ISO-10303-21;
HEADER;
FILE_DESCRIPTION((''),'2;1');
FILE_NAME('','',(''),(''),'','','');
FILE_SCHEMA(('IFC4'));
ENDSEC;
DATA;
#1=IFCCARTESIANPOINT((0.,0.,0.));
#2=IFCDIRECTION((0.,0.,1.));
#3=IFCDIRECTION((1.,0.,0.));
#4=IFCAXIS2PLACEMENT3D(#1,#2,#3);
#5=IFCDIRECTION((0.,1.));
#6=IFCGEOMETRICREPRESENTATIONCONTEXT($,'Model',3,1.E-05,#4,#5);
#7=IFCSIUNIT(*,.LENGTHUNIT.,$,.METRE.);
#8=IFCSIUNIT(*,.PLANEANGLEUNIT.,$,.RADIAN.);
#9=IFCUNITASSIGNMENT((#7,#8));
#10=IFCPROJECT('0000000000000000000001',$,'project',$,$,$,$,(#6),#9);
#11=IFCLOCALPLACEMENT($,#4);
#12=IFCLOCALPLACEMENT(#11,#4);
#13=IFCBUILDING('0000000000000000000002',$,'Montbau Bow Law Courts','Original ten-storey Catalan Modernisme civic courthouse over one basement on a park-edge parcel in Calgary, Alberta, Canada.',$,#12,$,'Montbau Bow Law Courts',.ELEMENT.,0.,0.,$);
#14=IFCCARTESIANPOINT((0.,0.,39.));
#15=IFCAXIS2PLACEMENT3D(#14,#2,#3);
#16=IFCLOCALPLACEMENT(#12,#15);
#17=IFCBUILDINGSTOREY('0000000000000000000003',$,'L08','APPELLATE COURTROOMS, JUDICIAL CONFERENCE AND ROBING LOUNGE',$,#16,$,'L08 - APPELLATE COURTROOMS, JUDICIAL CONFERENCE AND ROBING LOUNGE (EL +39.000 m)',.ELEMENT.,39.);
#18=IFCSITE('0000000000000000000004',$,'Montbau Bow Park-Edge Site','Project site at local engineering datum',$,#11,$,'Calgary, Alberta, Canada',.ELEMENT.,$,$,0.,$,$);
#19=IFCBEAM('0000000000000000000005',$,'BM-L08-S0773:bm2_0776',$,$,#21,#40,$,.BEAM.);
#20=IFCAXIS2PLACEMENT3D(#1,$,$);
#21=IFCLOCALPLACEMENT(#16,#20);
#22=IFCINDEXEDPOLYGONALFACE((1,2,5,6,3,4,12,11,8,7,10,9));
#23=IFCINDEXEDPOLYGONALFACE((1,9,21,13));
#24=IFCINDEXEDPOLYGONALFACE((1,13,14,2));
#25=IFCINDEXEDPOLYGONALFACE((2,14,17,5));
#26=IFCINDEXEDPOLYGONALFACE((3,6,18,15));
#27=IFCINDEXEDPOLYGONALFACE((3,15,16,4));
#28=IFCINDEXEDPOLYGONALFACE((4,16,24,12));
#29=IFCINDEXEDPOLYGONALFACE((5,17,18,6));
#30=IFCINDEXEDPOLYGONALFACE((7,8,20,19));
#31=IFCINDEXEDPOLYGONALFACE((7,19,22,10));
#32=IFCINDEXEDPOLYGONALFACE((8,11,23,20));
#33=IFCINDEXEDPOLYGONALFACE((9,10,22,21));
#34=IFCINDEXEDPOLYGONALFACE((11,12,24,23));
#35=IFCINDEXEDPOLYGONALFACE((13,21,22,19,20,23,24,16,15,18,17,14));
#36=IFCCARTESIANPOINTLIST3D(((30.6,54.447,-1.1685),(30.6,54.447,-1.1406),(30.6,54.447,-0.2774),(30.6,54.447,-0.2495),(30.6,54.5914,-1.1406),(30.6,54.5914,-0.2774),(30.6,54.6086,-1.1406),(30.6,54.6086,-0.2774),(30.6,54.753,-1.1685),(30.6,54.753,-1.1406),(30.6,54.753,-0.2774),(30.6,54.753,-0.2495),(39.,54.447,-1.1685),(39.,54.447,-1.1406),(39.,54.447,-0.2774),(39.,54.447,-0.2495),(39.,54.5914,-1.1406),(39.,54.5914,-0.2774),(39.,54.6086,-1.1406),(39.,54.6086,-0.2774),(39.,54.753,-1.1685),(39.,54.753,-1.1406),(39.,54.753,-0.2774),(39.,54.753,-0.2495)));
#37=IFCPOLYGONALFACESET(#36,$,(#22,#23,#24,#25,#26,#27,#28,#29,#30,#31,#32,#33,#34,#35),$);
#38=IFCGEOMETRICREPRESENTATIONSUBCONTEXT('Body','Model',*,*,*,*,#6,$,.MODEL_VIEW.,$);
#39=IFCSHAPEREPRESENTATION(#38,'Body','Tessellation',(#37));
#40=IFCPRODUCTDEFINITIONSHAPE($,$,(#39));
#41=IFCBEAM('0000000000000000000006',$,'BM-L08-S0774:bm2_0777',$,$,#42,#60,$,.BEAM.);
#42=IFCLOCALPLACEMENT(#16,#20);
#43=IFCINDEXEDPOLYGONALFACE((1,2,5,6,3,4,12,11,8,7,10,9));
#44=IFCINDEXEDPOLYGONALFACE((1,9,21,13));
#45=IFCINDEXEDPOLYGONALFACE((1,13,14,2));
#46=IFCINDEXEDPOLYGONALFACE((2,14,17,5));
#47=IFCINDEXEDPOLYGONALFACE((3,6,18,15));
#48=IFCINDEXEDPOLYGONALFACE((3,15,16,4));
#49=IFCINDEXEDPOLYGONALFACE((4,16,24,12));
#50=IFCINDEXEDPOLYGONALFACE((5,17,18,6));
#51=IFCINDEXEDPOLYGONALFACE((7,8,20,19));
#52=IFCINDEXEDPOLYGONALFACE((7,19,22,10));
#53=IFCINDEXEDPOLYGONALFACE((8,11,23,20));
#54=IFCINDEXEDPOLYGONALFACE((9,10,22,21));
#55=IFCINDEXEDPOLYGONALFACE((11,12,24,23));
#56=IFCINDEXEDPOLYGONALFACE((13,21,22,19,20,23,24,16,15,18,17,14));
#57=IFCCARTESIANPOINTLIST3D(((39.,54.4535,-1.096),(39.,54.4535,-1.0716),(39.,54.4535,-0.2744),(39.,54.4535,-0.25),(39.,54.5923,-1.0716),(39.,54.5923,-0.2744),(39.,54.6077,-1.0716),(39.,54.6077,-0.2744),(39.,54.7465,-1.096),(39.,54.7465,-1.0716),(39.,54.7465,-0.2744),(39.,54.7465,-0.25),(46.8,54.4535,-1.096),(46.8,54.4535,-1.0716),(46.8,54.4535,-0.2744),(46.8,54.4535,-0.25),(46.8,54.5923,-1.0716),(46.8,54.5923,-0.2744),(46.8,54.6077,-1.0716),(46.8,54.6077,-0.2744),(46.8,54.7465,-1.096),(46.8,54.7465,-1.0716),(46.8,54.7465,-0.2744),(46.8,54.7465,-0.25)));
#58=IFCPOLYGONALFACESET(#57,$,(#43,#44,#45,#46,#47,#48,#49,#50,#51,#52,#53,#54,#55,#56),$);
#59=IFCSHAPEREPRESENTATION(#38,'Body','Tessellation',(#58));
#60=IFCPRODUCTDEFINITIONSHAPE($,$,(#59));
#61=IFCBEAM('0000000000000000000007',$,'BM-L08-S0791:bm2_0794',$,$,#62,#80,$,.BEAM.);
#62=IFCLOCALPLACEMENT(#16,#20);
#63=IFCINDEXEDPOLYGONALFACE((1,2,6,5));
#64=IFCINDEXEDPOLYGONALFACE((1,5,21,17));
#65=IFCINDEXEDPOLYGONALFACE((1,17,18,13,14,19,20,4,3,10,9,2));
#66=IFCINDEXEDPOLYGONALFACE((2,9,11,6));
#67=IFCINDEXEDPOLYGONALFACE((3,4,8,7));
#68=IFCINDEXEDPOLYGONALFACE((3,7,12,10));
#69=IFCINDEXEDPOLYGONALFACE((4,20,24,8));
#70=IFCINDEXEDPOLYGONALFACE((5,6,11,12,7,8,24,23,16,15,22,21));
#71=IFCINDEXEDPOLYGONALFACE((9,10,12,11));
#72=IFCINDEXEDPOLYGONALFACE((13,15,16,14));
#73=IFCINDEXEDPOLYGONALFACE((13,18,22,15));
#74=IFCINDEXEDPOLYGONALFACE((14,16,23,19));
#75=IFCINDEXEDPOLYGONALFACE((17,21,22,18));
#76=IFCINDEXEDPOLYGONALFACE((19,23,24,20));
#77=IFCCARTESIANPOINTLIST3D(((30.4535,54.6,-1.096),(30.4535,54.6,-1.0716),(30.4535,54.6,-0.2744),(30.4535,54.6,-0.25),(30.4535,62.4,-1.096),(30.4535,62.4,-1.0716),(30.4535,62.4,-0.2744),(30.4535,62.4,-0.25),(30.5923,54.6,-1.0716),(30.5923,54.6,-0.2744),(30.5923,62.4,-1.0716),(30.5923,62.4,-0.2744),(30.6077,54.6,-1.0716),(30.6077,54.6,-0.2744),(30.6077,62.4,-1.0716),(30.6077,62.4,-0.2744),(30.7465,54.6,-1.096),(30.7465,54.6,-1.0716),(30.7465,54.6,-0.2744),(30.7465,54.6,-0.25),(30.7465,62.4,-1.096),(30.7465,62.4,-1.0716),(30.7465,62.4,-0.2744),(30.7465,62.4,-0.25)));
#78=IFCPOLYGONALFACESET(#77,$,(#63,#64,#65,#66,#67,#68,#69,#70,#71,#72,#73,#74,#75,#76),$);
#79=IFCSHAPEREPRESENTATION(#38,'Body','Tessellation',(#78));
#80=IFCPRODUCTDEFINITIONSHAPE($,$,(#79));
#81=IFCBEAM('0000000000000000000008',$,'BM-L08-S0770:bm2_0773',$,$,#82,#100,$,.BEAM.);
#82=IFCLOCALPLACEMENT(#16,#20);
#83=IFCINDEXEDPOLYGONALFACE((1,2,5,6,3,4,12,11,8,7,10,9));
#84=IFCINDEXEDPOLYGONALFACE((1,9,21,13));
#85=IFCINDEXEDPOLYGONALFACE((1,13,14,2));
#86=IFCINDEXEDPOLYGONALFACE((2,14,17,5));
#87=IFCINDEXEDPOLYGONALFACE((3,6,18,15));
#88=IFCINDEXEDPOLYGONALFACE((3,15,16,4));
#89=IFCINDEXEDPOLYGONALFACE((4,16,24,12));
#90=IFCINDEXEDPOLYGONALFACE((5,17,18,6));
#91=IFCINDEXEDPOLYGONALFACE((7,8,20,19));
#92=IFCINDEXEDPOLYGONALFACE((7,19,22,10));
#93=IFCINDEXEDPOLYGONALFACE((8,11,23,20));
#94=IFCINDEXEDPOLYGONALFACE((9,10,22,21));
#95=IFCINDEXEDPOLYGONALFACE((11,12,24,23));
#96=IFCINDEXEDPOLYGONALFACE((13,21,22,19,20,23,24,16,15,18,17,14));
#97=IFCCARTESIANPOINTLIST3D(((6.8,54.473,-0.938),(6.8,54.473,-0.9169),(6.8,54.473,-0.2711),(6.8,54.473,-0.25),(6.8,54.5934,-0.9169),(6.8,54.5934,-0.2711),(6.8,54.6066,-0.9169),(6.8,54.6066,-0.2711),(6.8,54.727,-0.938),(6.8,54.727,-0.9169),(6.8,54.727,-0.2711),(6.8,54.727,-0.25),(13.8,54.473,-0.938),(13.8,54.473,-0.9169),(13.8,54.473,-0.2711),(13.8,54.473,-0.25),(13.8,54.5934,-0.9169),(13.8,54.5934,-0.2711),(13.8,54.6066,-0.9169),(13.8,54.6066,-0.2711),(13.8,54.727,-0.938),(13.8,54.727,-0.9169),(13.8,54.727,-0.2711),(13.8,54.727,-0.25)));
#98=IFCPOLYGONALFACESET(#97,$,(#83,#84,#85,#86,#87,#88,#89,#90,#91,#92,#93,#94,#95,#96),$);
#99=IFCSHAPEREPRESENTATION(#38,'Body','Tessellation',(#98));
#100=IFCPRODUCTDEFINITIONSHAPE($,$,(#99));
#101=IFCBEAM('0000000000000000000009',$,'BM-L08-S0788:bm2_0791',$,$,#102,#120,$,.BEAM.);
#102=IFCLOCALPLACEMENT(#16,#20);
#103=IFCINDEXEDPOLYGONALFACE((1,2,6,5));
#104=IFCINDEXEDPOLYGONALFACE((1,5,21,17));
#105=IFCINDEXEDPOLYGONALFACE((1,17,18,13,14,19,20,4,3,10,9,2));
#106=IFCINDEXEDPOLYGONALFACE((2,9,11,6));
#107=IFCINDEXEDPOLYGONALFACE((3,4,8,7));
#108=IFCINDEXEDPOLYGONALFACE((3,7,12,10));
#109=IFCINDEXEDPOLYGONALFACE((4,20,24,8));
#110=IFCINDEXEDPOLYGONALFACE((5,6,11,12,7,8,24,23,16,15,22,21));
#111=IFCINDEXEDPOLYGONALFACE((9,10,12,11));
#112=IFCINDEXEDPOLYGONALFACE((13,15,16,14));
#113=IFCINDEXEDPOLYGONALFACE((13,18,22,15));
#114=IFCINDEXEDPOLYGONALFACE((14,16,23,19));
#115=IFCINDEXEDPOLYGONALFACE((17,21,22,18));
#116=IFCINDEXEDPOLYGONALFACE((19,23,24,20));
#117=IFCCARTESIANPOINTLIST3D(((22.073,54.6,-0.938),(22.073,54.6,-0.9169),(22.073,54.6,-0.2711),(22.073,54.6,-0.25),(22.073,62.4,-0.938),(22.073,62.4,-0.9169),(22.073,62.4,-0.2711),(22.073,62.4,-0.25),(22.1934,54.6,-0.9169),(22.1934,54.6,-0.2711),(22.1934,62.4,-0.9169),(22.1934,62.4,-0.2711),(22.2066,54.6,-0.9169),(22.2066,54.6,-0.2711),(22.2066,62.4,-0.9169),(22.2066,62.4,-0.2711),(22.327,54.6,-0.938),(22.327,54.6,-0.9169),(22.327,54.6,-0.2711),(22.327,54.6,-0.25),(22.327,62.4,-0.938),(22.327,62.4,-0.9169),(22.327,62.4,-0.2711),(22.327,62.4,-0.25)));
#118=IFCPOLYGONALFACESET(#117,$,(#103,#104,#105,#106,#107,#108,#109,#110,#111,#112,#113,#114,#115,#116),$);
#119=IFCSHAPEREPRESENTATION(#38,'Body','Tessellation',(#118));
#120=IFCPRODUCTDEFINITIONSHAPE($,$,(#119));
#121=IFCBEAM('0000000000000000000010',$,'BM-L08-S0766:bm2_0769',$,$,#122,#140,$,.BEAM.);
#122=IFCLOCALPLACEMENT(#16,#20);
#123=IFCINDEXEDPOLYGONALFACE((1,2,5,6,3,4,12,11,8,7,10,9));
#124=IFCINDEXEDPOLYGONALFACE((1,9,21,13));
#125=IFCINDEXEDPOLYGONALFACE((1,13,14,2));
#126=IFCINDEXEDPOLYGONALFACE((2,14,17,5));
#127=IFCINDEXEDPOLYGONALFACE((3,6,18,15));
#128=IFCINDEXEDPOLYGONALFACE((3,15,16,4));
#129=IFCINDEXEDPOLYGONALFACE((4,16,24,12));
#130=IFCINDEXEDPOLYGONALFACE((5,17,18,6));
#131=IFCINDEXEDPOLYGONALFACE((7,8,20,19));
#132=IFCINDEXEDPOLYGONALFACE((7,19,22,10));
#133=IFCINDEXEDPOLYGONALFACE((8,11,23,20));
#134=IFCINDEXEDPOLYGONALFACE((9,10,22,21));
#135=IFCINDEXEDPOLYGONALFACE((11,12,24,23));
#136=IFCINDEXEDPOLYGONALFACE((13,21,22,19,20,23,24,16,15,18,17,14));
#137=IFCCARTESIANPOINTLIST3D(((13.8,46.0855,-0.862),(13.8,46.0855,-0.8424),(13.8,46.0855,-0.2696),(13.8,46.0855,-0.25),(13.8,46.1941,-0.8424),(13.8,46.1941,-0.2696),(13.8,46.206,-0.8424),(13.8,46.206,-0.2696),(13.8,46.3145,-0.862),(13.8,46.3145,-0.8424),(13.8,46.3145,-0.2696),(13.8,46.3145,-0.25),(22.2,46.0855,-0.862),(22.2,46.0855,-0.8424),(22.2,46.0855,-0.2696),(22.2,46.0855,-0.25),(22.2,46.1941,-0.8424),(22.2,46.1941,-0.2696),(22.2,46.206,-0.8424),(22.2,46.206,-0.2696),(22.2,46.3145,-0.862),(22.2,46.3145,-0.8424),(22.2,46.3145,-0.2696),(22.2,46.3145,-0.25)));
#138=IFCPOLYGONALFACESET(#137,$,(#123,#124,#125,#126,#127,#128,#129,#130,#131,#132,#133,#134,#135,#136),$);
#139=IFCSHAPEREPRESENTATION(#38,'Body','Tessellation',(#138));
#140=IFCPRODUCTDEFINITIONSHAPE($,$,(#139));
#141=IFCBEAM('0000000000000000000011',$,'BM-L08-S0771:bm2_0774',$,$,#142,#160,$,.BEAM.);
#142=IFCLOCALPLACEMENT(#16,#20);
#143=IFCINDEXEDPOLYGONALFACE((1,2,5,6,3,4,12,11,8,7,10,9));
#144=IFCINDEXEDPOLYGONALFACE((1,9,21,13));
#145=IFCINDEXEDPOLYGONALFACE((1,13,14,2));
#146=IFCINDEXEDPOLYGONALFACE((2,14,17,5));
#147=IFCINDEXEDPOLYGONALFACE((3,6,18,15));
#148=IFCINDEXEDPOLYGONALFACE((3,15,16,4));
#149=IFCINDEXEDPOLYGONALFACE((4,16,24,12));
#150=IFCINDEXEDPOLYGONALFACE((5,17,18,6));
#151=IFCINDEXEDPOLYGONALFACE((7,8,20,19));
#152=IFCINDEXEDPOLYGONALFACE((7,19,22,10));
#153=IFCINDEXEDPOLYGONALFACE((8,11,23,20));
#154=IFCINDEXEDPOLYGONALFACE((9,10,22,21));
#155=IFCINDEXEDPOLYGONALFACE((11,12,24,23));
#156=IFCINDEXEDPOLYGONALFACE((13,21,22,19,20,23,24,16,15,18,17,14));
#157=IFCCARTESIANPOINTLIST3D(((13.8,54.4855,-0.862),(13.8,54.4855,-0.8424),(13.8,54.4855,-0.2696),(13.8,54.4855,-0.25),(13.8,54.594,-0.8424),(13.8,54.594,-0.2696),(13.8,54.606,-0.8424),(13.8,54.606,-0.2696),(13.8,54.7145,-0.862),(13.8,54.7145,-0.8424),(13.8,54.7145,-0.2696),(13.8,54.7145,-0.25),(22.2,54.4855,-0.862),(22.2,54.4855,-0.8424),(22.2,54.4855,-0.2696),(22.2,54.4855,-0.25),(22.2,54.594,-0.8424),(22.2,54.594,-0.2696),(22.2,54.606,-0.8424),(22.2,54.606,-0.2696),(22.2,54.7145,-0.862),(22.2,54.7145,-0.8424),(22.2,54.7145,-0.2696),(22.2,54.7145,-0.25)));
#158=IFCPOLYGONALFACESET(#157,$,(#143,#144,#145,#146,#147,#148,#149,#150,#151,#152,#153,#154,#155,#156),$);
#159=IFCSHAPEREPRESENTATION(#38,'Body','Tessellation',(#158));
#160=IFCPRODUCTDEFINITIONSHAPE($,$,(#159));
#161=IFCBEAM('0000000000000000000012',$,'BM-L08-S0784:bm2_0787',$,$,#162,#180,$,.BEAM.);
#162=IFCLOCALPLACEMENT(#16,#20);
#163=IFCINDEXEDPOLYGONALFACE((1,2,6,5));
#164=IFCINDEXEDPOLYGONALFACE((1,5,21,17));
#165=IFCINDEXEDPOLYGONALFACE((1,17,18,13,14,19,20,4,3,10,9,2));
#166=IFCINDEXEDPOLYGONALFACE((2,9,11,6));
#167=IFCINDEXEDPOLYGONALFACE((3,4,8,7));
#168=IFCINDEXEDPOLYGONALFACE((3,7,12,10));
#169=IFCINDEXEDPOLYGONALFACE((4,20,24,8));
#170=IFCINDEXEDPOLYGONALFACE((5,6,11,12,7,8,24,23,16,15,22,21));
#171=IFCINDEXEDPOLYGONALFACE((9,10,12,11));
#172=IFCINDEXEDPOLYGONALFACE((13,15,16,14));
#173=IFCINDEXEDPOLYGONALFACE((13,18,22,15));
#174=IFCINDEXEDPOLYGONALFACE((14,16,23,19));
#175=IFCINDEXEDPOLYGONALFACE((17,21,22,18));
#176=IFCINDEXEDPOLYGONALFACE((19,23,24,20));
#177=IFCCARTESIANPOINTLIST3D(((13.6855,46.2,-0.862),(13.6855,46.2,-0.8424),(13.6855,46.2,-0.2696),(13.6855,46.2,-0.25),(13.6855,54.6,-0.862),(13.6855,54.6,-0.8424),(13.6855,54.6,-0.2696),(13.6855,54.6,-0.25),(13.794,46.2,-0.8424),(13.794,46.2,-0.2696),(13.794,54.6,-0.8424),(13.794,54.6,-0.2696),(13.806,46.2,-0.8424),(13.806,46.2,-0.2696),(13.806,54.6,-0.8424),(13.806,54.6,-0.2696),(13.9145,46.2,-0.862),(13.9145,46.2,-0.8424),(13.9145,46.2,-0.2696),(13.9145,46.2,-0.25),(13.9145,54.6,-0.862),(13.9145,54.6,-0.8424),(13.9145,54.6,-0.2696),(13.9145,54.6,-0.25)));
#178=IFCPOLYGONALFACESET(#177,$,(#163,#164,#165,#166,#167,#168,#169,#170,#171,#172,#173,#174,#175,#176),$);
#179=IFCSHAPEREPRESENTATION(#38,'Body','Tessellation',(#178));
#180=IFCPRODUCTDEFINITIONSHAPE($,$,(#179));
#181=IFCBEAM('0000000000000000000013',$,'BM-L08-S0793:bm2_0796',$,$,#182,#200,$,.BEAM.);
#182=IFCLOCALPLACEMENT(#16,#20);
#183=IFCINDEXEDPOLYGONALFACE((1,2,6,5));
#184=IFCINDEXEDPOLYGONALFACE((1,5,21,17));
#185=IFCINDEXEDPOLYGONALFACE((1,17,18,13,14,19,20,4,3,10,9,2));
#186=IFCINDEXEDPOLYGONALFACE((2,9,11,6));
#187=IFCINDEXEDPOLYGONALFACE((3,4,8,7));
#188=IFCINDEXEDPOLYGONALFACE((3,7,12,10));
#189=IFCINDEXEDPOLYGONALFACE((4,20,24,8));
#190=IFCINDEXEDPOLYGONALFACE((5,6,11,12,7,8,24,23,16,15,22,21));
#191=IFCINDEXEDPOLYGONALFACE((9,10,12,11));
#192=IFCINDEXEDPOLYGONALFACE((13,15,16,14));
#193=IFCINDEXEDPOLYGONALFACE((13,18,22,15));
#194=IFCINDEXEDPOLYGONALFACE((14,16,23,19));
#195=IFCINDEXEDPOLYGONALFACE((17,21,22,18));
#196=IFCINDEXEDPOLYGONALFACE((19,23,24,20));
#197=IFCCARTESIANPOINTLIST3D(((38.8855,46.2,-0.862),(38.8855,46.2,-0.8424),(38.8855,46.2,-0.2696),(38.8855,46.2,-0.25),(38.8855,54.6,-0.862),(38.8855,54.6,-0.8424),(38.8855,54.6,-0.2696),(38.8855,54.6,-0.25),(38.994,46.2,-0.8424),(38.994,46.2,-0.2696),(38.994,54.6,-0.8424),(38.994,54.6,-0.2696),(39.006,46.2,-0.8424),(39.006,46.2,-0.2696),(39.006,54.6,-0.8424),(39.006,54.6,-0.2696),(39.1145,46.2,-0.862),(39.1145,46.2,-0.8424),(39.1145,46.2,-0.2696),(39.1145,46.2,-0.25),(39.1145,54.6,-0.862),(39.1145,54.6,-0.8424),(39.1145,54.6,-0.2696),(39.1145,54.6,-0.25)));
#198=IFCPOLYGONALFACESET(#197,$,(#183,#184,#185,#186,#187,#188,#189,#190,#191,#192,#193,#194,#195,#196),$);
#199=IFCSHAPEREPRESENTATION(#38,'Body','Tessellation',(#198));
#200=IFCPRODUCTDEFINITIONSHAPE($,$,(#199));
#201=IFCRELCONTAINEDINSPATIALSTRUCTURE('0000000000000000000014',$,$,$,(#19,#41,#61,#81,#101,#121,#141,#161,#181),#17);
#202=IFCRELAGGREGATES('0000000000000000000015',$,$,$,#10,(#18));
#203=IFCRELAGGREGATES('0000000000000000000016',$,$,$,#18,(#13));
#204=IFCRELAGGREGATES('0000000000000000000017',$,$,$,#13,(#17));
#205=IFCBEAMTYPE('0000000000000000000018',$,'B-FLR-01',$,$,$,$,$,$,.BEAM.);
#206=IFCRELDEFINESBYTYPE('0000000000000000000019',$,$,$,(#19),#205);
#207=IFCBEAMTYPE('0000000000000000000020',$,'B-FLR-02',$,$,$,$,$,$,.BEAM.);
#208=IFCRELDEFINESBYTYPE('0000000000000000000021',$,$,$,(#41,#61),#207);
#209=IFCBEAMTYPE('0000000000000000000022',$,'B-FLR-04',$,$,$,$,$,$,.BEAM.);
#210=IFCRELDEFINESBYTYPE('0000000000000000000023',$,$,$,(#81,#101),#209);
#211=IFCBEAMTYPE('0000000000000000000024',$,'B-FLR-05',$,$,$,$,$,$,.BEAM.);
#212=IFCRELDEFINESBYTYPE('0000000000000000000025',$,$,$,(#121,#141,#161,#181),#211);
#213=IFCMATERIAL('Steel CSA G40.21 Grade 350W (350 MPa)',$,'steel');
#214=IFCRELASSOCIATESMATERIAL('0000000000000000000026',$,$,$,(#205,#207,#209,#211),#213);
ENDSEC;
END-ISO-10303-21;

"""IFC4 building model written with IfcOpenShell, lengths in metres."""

from ifc_helpers import new_model, si_unit, direction, frame, origin_with_axes, origin_2d_with_axis, place, context, subcontext, project, spatial, i_section, extrude, material, material_profile, profile_set, type_object, element, save


model = new_model("IFC4")

# Units and contexts
model_context = context("Model", 3, precision=1e-05, world=origin_with_axes(), true_north=direction((0.0, 1.0)))
body_context = subcontext(model_context, "Body", "Model", "MODEL_VIEW")
ifc_project = project(units=[si_unit("LENGTHUNIT", "METRE"), si_unit("PLANEANGLEUNIT", "RADIAN")], contexts=[model_context])

# Site, building, storey
site_placement = place(None, origin_with_axes())
site = spatial("IfcSite", under=ifc_project, at=site_placement, Name="Montbau Bow Park-Edge Site", Description="Project site at local engineering datum", LongName="Calgary, Alberta, Canada", CompositionType="ELEMENT", RefElevation=0.0)
building_placement = place(site_placement, origin_with_axes())
building = spatial("IfcBuilding", under=site, at=building_placement, Name="Montbau Bow Law Courts", Description="Original ten-storey Catalan Modernisme civic courthouse over one basement on a park-edge parcel in Calgary, Alberta, Canada.", LongName="Montbau Bow Law Courts", CompositionType="ELEMENT", ElevationOfRefHeight=0.0, ElevationOfTerrain=0.0)
storey_placement = place(building_placement, frame((0.0, 0.0, 39.0), z_axis=(0.0, 0.0, 1.0), x_axis=(1.0, 0.0, 0.0)))
storey = spatial("IfcBuildingStorey", under=building, at=storey_placement, Name="L08", Description="APPELLATE COURTROOMS, JUDICIAL CONFERENCE AND ROBING LOUNGE", LongName="L08 - APPELLATE COURTROOMS, JUDICIAL CONFERENCE AND ROBING LOUNGE (EL +39.000 m)", CompositionType="ELEMENT", Elevation=39.0)

# Beams
ifc_material_1 = material(Name="Steel CSA G40.21 Grade 350W (350 MPa)", Category="steel")
ifc_material_profile_1 = material_profile(ifc_material_1, i_section(OverallWidth=0.306, OverallDepth=0.919, WebThickness=0.0173, FlangeThickness=0.0279, at=origin_2d_with_axis()), Name="W920X253", Category="Main", Priority=0)
ifc_profile_set_1 = profile_set([ifc_material_profile_1], Name="Steel CSA G40.21 Grade 350W (350 MPa)")
beam_type_1 = type_object("IfcBeamType", Name="B-FLR-01", PredefinedType="BEAM", material=ifc_profile_set_1)
beam_1_placement = place(None, frame((30.6, 54.6, 38.291), z_axis=(1.0, 0.0, 0.0), x_axis=(0.0, 1.0, 0.0)))
element("IfcBeam", 1, at=beam_1_placement, inside=storey, type_object=beam_type_1, Name="BM-L08-S0773:bm2_0776", PredefinedType="BEAM", context=body_context, shape_type="SweptSolid", body=[
    extrude(i_section(OverallWidth=0.306, OverallDepth=0.919, WebThickness=0.0173, FlangeThickness=0.0279, at=origin_2d_with_axis()), origin_with_axes(), (0.0, 0.0, 1.0), 8.4),
])
ifc_material_profile_2 = material_profile(ifc_material_1, i_section(OverallWidth=0.293, OverallDepth=0.846, WebThickness=0.0154, FlangeThickness=0.0244, at=origin_2d_with_axis()), Name="W840X210", Category="Main", Priority=0)
ifc_profile_set_2 = profile_set([ifc_material_profile_2], Name="Steel CSA G40.21 Grade 350W (350 MPa)")
beam_type_2 = type_object("IfcBeamType", Name="B-FLR-02", PredefinedType="BEAM", material=ifc_profile_set_2)
for number, where, z_axis, x_axis, name in (
    (2, (39.0, 54.6, 38.327), (1.0, 0.0, 0.0), (0.0, 1.0, 0.0), "BM-L08-S0774:bm2_0777"),
    (3, (30.6, 54.6, 38.327), (0.0, 1.0, 0.0), (-1.0, 0.0, 0.0), "BM-L08-S0791:bm2_0794"),
):
    element("IfcBeam", number, at=place(None, frame(where, z_axis=z_axis, x_axis=x_axis)), inside=storey, type_object=beam_type_2, Name=name, PredefinedType="BEAM", context=body_context, shape_type="SweptSolid", body=[
        extrude(i_section(OverallWidth=0.293, OverallDepth=0.846, WebThickness=0.0154, FlangeThickness=0.0244, at=origin_2d_with_axis()), origin_with_axes(), (0.0, 0.0, 1.0), 7.8),
    ])
ifc_material_profile_3 = material_profile(ifc_material_1, i_section(OverallWidth=0.254, OverallDepth=0.688, WebThickness=0.0131, FlangeThickness=0.0211, at=origin_2d_with_axis()), Name="W690X152", Category="Main", Priority=0)
ifc_profile_set_3 = profile_set([ifc_material_profile_3], Name="Steel CSA G40.21 Grade 350W (350 MPa)")
beam_type_3 = type_object("IfcBeamType", Name="B-FLR-04", PredefinedType="BEAM", material=ifc_profile_set_3)
beam_2_placement = place(None, frame((6.8, 54.6, 38.406), z_axis=(1.0, 0.0, 0.0), x_axis=(0.0, 1.0, 0.0)))
element("IfcBeam", 4, at=beam_2_placement, inside=storey, type_object=beam_type_3, Name="BM-L08-S0770:bm2_0773", PredefinedType="BEAM", context=body_context, shape_type="SweptSolid", body=[
    extrude(i_section(OverallWidth=0.254, OverallDepth=0.688, WebThickness=0.0131, FlangeThickness=0.0211, at=origin_2d_with_axis()), origin_with_axes(), (0.0, 0.0, 1.0), 7.0),
])
beam_3_placement = place(None, frame((22.2, 54.6, 38.406), z_axis=(0.0, 1.0, 0.0), x_axis=(-1.0, 0.0, 0.0)))
element("IfcBeam", 5, at=beam_3_placement, inside=storey, type_object=beam_type_3, Name="BM-L08-S0788:bm2_0791", PredefinedType="BEAM", context=body_context, shape_type="SweptSolid", body=[
    extrude(i_section(OverallWidth=0.254, OverallDepth=0.688, WebThickness=0.0131, FlangeThickness=0.0211, at=origin_2d_with_axis()), origin_with_axes(), (0.0, 0.0, 1.0), 7.8),
])
ifc_material_profile_4 = material_profile(ifc_material_1, i_section(OverallWidth=0.229, OverallDepth=0.612, WebThickness=0.0119, FlangeThickness=0.0196, at=origin_2d_with_axis()), Name="W610X125", Category="Main", Priority=0)
ifc_profile_set_4 = profile_set([ifc_material_profile_4], Name="Steel CSA G40.21 Grade 350W (350 MPa)")
beam_type_4 = type_object("IfcBeamType", Name="B-FLR-05", PredefinedType="BEAM", material=ifc_profile_set_4)
for number, where, z_axis, x_axis, name in (
    (6, (13.8, 46.2, 38.444), (1.0, 0.0, 0.0), (0.0, 1.0, 0.0), "BM-L08-S0766:bm2_0769"),
    (7, (13.8, 54.6, 38.444), (1.0, 0.0, 0.0), (0.0, 1.0, 0.0), "BM-L08-S0771:bm2_0774"),
    (8, (13.8, 46.2, 38.444), (0.0, 1.0, 0.0), (-1.0, 0.0, 0.0), "BM-L08-S0784:bm2_0787"),
    (9, (39.0, 46.2, 38.444), (0.0, 1.0, 0.0), (-1.0, 0.0, 0.0), "BM-L08-S0793:bm2_0796"),
):
    element("IfcBeam", number, at=place(None, frame(where, z_axis=z_axis, x_axis=x_axis)), inside=storey, type_object=beam_type_4, Name=name, PredefinedType="BEAM", context=body_context, shape_type="SweptSolid", body=[
        extrude(i_section(OverallWidth=0.229, OverallDepth=0.612, WebThickness=0.0119, FlangeThickness=0.0196, at=origin_2d_with_axis()), origin_with_axes(), (0.0, 0.0, 1.0), 8.4),
    ])

save(model, "model.ifc")
